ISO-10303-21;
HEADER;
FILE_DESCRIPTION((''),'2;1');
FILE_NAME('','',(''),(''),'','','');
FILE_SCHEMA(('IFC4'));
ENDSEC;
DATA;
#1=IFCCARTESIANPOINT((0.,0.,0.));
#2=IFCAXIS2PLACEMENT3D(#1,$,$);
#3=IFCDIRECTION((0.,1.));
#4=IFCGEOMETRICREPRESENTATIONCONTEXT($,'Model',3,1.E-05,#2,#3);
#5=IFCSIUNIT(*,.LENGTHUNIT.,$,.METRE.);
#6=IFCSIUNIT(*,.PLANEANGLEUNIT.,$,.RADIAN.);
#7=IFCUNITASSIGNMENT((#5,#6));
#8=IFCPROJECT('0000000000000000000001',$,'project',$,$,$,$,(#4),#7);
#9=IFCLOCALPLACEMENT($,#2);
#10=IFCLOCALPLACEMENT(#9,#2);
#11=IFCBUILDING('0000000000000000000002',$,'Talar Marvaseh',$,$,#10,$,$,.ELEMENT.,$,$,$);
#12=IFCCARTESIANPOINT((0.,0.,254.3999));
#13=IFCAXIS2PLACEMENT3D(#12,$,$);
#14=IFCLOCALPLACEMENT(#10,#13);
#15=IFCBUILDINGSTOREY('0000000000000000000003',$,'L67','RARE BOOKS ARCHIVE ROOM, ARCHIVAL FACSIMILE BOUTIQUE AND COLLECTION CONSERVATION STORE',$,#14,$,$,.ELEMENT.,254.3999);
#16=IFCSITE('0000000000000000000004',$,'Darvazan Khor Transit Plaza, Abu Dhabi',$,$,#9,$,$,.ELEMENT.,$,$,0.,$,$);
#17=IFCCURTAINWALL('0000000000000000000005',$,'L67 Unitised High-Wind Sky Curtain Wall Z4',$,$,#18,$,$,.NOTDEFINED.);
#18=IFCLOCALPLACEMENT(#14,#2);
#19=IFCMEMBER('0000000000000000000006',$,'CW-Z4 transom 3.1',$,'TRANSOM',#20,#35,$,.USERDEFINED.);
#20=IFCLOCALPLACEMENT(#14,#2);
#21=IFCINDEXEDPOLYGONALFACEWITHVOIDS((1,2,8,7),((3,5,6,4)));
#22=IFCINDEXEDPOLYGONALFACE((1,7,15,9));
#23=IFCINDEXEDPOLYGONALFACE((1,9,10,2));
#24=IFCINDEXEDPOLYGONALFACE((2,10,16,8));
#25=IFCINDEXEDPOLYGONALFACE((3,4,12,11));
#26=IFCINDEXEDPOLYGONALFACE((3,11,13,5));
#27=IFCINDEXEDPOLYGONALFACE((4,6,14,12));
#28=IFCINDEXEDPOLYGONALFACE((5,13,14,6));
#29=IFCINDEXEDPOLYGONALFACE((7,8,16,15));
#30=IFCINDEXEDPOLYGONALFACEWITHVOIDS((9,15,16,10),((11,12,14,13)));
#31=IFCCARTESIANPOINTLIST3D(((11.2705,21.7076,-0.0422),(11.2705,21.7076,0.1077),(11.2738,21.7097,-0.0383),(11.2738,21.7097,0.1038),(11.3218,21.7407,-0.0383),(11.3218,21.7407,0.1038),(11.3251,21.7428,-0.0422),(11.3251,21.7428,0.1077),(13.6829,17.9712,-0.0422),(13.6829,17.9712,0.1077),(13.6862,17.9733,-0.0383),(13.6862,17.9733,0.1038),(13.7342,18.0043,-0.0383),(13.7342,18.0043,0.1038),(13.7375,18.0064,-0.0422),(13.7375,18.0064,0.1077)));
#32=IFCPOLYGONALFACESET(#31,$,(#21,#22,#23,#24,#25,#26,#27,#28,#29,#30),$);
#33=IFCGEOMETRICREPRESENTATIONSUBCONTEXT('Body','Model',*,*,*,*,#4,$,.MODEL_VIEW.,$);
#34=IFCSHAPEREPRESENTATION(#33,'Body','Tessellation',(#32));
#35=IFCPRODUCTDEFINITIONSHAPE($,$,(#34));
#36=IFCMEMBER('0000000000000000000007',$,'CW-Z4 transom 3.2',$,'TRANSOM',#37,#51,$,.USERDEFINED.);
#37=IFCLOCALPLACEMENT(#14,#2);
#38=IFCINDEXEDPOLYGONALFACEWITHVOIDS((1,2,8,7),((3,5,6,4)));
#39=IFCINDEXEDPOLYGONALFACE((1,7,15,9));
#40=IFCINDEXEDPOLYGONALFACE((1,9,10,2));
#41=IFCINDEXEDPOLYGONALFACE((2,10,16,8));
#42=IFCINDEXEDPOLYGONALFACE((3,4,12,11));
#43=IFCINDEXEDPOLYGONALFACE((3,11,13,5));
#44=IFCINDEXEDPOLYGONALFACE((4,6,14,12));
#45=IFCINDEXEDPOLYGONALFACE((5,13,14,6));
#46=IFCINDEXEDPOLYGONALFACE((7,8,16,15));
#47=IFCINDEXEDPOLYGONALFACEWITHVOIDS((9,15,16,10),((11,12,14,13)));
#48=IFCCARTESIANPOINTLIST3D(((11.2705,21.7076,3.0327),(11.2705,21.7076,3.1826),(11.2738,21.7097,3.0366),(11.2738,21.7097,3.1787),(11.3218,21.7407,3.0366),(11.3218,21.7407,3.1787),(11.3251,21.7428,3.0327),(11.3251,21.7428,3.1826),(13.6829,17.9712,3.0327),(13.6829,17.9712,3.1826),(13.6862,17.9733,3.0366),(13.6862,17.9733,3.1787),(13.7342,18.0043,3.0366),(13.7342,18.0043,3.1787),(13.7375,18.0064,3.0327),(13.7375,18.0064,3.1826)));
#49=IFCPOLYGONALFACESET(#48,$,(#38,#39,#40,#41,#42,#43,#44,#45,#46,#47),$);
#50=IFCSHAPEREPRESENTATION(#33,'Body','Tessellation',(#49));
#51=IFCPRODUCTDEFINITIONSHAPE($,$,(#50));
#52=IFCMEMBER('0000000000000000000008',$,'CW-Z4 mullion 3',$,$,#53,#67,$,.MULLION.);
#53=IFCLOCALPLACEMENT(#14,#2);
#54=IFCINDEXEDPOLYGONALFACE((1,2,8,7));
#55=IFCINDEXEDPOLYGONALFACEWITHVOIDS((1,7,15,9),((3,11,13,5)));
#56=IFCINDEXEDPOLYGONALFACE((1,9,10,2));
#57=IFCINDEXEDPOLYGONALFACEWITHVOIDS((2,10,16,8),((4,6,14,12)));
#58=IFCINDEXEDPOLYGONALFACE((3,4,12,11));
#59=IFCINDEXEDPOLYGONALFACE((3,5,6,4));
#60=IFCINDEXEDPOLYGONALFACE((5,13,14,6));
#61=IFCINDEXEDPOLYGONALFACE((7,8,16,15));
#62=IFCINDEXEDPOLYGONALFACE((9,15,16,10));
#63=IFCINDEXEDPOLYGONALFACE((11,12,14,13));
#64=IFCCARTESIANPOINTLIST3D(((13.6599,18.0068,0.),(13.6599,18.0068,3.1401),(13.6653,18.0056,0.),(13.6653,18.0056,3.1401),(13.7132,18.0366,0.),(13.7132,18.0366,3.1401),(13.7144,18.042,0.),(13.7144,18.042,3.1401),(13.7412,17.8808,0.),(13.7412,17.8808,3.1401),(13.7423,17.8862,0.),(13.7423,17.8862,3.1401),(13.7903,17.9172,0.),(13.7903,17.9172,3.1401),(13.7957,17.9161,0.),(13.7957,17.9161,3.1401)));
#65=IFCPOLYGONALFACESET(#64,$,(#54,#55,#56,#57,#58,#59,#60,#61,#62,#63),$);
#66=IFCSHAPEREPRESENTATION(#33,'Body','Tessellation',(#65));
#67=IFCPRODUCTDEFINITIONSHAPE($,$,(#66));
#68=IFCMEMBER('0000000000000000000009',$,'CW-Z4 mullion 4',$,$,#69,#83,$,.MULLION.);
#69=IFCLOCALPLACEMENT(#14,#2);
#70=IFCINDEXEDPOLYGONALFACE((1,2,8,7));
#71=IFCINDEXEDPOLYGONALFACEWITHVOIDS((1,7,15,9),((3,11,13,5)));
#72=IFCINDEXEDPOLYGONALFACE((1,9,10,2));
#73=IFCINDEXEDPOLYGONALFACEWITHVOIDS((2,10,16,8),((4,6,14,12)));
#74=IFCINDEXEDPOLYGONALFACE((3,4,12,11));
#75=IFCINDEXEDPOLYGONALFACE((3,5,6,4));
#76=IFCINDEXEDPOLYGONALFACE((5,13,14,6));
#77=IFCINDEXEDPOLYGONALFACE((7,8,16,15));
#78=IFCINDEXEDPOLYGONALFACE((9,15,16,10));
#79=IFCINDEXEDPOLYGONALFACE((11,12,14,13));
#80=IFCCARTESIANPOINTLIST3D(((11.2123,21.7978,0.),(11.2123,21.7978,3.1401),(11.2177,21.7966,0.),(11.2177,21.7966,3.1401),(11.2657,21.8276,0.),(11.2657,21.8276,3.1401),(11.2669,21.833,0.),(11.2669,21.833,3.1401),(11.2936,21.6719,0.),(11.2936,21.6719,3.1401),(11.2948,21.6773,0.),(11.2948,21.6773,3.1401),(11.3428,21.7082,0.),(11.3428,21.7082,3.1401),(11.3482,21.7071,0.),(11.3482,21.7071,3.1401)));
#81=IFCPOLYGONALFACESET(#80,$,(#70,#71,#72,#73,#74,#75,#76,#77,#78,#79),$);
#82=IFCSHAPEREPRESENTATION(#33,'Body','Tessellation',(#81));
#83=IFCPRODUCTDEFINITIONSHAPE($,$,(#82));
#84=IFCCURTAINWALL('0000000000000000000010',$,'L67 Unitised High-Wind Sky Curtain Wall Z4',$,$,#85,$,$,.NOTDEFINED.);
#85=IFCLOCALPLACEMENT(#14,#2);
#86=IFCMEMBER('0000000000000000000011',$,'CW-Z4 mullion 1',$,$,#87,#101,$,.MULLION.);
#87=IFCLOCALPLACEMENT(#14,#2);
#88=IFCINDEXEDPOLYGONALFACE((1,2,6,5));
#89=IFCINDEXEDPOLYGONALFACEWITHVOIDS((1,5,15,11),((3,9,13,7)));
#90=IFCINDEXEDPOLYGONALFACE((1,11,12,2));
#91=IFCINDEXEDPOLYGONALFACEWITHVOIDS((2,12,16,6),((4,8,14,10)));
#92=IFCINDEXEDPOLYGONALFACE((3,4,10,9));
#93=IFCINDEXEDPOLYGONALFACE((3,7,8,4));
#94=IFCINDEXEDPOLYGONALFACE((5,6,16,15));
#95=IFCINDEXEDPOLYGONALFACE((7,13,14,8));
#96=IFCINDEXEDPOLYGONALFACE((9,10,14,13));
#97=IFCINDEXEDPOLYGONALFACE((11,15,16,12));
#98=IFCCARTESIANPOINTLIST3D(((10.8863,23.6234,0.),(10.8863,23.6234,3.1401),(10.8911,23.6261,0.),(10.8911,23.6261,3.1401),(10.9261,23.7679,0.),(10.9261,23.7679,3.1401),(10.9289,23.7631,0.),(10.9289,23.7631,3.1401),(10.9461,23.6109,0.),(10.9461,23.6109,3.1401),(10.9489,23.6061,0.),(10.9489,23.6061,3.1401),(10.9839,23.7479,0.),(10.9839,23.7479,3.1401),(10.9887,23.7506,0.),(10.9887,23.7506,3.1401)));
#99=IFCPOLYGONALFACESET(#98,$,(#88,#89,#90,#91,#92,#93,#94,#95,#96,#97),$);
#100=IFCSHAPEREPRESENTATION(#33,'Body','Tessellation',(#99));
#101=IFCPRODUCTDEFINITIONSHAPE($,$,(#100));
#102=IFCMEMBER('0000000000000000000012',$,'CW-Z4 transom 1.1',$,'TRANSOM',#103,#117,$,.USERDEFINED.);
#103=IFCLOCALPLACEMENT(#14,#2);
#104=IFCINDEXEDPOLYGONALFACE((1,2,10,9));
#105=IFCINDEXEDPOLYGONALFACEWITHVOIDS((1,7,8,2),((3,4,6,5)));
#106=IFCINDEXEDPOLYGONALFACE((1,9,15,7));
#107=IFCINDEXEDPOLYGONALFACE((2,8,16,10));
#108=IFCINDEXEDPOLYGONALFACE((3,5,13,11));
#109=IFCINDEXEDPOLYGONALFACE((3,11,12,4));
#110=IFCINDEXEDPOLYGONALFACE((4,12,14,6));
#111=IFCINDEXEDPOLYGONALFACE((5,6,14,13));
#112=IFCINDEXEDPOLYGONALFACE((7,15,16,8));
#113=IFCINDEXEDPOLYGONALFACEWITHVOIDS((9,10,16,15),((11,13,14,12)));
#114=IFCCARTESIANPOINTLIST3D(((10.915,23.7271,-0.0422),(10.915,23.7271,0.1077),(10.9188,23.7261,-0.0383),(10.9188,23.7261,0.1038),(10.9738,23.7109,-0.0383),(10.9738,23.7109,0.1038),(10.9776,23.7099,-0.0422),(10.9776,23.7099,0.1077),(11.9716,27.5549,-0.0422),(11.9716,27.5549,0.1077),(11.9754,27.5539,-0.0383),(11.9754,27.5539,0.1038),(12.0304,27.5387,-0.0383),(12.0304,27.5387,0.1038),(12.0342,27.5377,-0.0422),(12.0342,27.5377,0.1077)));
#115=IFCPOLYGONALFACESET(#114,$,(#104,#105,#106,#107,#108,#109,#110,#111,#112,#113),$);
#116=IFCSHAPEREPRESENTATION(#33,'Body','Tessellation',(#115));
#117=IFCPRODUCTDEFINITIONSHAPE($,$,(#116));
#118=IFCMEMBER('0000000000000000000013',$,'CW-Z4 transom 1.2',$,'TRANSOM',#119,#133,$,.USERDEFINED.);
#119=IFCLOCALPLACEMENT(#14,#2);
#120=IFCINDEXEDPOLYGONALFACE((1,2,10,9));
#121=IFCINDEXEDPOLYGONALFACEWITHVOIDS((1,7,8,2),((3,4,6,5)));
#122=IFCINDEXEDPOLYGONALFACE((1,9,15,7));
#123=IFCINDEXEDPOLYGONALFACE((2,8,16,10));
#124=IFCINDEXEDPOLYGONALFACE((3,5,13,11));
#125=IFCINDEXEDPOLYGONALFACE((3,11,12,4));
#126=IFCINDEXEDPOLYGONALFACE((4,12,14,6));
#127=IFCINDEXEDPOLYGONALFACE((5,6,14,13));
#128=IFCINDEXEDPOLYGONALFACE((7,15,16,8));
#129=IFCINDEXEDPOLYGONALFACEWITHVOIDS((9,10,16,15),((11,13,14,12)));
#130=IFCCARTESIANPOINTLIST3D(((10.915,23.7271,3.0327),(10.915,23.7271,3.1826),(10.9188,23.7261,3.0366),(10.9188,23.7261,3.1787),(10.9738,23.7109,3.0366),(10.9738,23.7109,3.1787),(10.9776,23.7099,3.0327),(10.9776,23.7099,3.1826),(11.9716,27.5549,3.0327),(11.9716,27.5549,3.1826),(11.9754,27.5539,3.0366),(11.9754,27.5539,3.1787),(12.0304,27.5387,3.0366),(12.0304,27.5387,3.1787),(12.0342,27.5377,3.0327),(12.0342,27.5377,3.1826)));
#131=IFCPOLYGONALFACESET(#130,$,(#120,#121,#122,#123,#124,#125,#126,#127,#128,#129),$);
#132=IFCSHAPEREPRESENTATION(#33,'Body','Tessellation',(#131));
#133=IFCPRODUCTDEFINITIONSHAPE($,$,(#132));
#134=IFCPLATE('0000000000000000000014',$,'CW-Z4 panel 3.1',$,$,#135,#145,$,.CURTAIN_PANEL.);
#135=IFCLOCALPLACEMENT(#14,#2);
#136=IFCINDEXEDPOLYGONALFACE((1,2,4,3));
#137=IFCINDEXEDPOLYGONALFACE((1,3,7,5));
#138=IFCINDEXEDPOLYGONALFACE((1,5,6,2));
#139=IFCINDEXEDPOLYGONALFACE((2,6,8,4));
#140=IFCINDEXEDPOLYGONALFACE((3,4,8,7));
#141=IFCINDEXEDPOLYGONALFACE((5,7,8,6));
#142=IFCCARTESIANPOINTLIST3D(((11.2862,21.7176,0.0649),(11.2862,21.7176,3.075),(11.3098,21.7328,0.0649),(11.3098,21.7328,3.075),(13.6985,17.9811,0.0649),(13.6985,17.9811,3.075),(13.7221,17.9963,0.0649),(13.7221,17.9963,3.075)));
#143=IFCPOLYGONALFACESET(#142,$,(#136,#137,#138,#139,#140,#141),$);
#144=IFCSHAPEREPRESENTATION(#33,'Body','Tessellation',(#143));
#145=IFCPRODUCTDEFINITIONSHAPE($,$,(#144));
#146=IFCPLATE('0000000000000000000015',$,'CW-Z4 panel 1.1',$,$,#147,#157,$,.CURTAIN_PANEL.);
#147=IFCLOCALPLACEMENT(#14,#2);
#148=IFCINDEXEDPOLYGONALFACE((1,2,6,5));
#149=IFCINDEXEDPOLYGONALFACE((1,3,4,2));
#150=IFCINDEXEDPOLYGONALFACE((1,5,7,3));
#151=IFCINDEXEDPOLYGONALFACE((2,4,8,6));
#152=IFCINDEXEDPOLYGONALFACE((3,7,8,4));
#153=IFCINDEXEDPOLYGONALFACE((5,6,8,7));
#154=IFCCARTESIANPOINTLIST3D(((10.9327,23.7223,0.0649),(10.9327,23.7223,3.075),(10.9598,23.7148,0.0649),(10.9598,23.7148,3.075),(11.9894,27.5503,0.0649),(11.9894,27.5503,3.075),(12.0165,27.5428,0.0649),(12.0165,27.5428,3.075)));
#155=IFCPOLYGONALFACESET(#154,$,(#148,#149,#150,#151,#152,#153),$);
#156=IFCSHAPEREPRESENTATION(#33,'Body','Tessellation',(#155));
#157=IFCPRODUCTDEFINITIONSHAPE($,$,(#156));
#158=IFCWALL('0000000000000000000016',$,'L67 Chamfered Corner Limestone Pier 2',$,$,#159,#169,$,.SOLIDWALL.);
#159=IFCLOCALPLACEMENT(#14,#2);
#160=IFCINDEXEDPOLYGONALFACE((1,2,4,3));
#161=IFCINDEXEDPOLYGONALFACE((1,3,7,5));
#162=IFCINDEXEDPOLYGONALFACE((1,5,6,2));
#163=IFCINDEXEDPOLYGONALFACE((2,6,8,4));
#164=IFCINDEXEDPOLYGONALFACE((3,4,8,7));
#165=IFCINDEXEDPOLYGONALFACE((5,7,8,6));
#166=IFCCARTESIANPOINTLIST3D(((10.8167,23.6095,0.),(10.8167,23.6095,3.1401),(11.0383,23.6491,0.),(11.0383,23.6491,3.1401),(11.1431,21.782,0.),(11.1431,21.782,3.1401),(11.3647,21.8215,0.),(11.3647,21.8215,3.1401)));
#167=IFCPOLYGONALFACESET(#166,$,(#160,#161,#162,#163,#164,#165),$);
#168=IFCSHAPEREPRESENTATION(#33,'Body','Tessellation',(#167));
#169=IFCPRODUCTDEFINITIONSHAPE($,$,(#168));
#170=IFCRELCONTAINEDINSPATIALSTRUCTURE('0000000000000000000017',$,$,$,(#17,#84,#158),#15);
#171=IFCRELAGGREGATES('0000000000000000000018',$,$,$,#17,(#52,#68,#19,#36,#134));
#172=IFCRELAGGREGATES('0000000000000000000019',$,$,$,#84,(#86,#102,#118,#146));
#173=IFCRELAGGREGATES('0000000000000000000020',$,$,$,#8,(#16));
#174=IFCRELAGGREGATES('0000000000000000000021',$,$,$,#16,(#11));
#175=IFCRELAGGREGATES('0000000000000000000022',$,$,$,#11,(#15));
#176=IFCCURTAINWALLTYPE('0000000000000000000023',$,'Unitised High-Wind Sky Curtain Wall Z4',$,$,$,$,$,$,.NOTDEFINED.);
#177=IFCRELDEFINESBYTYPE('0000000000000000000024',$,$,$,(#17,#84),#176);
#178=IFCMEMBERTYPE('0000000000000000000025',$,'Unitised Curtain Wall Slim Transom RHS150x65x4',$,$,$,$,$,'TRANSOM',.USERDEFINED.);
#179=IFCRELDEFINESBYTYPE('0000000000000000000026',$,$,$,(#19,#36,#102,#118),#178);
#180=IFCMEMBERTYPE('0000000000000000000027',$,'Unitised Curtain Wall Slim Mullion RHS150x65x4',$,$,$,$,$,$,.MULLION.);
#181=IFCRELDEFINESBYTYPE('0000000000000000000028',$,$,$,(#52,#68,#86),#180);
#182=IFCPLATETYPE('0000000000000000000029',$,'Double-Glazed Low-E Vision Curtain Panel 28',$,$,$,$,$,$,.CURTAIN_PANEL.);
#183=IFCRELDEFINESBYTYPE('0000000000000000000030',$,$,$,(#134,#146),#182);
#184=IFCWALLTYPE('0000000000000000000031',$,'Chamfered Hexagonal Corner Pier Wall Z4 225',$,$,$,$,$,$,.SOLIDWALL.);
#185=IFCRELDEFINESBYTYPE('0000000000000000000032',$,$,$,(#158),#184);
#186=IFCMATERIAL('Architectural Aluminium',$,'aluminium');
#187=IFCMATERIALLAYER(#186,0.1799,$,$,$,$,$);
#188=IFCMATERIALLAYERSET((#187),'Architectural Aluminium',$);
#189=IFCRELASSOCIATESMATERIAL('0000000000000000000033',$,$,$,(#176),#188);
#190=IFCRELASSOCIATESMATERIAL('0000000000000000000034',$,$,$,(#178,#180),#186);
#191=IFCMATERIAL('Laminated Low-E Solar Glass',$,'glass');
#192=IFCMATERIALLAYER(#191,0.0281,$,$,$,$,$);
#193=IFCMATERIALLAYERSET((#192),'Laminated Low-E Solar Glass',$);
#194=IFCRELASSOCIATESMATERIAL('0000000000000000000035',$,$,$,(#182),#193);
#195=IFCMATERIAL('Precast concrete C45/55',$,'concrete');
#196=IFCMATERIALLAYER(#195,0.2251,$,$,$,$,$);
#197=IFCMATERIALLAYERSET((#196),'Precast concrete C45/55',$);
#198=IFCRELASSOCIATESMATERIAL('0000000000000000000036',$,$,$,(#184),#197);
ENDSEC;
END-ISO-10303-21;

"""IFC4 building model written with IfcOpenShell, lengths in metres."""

from ifc_helpers import new_model, si_unit, direction, frame, frame_2d, origin, origin_2d, place, context, subcontext, project, spatial, rectangle, hollow_rectangle, extrude, source, transform, mapped, material, layer, layer_set, material_profile, profile_set, type_object, type_shapes, element, aggregate, save


model = new_model("IFC4")

# Units and contexts
model_context = context("Model", 3, precision=1e-05, world=origin(), true_north=direction((0.0, 1.0)))
body_context = subcontext(model_context, "Body", "Model", "MODEL_VIEW")
ifc_project = project(units=[si_unit("LENGTHUNIT", "METRE"), si_unit("PLANEANGLEUNIT", "RADIAN")], contexts=[model_context])

# Site, building, storey
site_placement = place(None, origin())
site = spatial("IfcSite", under=ifc_project, at=site_placement, Name="Darvazan Khor Transit Plaza, Abu Dhabi", CompositionType="ELEMENT", RefElevation=0.0)
building_placement = place(site_placement, origin())
building = spatial("IfcBuilding", under=site, at=building_placement, Name="Talar Marvaseh", CompositionType="ELEMENT")
storey_placement = place(building_placement, frame((0.0, 0.0, 254.3999)))
storey = spatial("IfcBuildingStorey", under=building, at=storey_placement, Name="L67", Description="RARE BOOKS ARCHIVE ROOM, ARCHIVAL FACSIMILE BOUTIQUE AND COLLECTION CONSERVATION STORE", CompositionType="ELEMENT", Elevation=254.3999)

# Curtain walls, members
ifc_material_1 = material(Name="Architectural Aluminium", Category="aluminium")
ifc_layer_1 = layer(ifc_material_1, 0.1799)
ifc_layer_set_1 = layer_set([ifc_layer_1], Name="Architectural Aluminium")
curtain_wall_type = type_object("IfcCurtainWallType", Name="Unitised High-Wind Sky Curtain Wall Z4", PredefinedType="NOTDEFINED", material=ifc_layer_set_1)
curtain_wall_1_placement = place(storey_placement, origin())
curtain_wall_1 = element("IfcCurtainWall", 1, at=curtain_wall_1_placement, inside=storey, type_object=curtain_wall_type, Name="L67 Unitised High-Wind Sky Curtain Wall Z4", PredefinedType="NOTDEFINED")
ifc_material_profile_1 = material_profile(ifc_material_1, hollow_rectangle(XDim=0.0649, YDim=0.1499, WallThickness=0.0039, at=origin_2d()), Name="RHS150x65x4")
ifc_profile_set_1 = profile_set([ifc_material_profile_1], Name="Architectural Aluminium")
member_type_1 = type_object("IfcMemberType", Name="Unitised Curtain Wall Slim Transom RHS150x65x4", ElementType="TRANSOM", PredefinedType="USERDEFINED", material=ifc_profile_set_1)
shared_shape_1 = source(origin(), body_context, "Body", "SweptSolid", [
    extrude(hollow_rectangle(XDim=0.0649, YDim=0.1499, WallThickness=0.0039, at=origin_2d()), origin(), (0.0, 0.0, 1.0), 4.4475),
])
member_1_placement = place(storey_placement, frame((13.7102, 17.9888, 0.0327), z_axis=(-0.542416, 0.84011, 0.0), x_axis=(-0.84011, -0.542416, 0.0)))
member_1 = element("IfcMember", 2, at=member_1_placement, type_object=member_type_1, Name="CW-Z4 transom 3.1", ObjectType="TRANSOM", PredefinedType="USERDEFINED", context=body_context, shape_type="MappedRepresentation", body=[
    mapped(shared_shape_1, transform((0.0, 0.0, 0.0), x_axis=(1.0, 0.0, 0.0), y_axis=(0.0, 1.0, 0.0), z_axis=(0.0, 0.0, 1.0), scale=1.0)),
])
member_2_placement = place(storey_placement, frame((13.7102, 17.9888, 3.1077), z_axis=(-0.542416, 0.84011, 0.0), x_axis=(-0.84011, -0.542416, 0.0)))
member_2 = element("IfcMember", 3, at=member_2_placement, type_object=member_type_1, Name="CW-Z4 transom 3.2", ObjectType="TRANSOM", PredefinedType="USERDEFINED", context=body_context, shape_type="MappedRepresentation", body=[
    mapped(shared_shape_1, transform((0.0, 0.0, 0.0), x_axis=(1.0, 0.0, 0.0), y_axis=(0.0, 1.0, 0.0), z_axis=(0.0, 0.0, 1.0), scale=1.0)),
])
ifc_material_profile_2 = material_profile(ifc_material_1, hollow_rectangle(XDim=0.0649, YDim=0.1499, WallThickness=0.0039, at=origin_2d()), Name="RHS150x65x4")
ifc_profile_set_2 = profile_set([ifc_material_profile_2], Name="Architectural Aluminium")
member_type_2 = type_object("IfcMemberType", Name="Unitised Curtain Wall Slim Mullion RHS150x65x4", PredefinedType="MULLION", material=ifc_profile_set_2)
shared_shape_2 = source(origin(), body_context, "Body", "SweptSolid", [
    extrude(hollow_rectangle(XDim=0.0649, YDim=0.1499, WallThickness=0.0039, at=origin_2d()), origin(), (0.0, 0.0, 1.0), 3.1401),
])
type_shapes(member_type_2, [shared_shape_2])
member_3_placement = place(storey_placement, frame((13.7278, 17.9614, 0.0), z_axis=(0.0, 0.0, 1.0), x_axis=(-0.840128, -0.542388, 0.0)))
member_3 = element("IfcMember", 4, at=member_3_placement, type_object=member_type_2, Name="CW-Z4 mullion 3", PredefinedType="MULLION", context=body_context, shape_type="MappedRepresentation", body=[
    mapped(shared_shape_2, transform((0.0, 0.0, 0.0), x_axis=(1.0, 0.0, 0.0), y_axis=(0.0, 1.0, 0.0), z_axis=(0.0, 0.0, 1.0), scale=1.0)),
])
member_4_placement = place(storey_placement, frame((11.2803, 21.7524, 0.0), z_axis=(0.0, 0.0, 1.0), x_axis=(-0.840128, -0.542388, 0.0)))
member_4 = element("IfcMember", 5, at=member_4_placement, type_object=member_type_2, Name="CW-Z4 mullion 4", PredefinedType="MULLION", context=body_context, shape_type="MappedRepresentation", body=[
    mapped(shared_shape_2, transform((0.0, 0.0, 0.0), x_axis=(1.0, 0.0, 0.0), y_axis=(0.0, 1.0, 0.0), z_axis=(0.0, 0.0, 1.0), scale=1.0)),
])
curtain_wall_2_placement = place(storey_placement, origin())
curtain_wall_2 = element("IfcCurtainWall", 6, at=curtain_wall_2_placement, inside=storey, type_object=curtain_wall_type, Name="L67 Unitised High-Wind Sky Curtain Wall Z4", PredefinedType="NOTDEFINED")
member_5_placement = place(storey_placement, frame((10.9375, 23.687, 0.0), z_axis=(0.0, 0.0, 1.0), x_axis=(-0.963948, 0.266091, 0.0)))
member_5 = element("IfcMember", 7, at=member_5_placement, type_object=member_type_2, Name="CW-Z4 mullion 1", PredefinedType="MULLION", context=body_context, shape_type="MappedRepresentation", body=[
    mapped(shared_shape_2, transform((0.0, 0.0, 0.0), x_axis=(1.0, 0.0, 0.0), y_axis=(0.0, 1.0, 0.0), z_axis=(0.0, 0.0, 1.0), scale=1.0)),
])
shared_shape_3 = source(origin(), body_context, "Body", "SweptSolid", [
    extrude(hollow_rectangle(XDim=0.0649, YDim=0.1499, WallThickness=0.0039, at=origin_2d()), origin(), (0.0, 0.0, 1.0), 3.9709),
])
type_shapes(member_type_1, [shared_shape_1, shared_shape_3])
member_6_placement = place(storey_placement, frame((10.9463, 23.7185, 0.0327), z_axis=(0.266087, 0.963949, 0.0), x_axis=(-0.963949, 0.266087, 0.0)))
member_6 = element("IfcMember", 8, at=member_6_placement, type_object=member_type_1, Name="CW-Z4 transom 1.1", ObjectType="TRANSOM", PredefinedType="USERDEFINED", context=body_context, shape_type="MappedRepresentation", body=[
    mapped(shared_shape_3, transform((0.0, 0.0, 0.0), x_axis=(1.0, 0.0, 0.0), y_axis=(0.0, 1.0, 0.0), z_axis=(0.0, 0.0, 1.0), scale=1.0)),
])
member_7_placement = place(storey_placement, frame((10.9463, 23.7185, 3.1077), z_axis=(0.266087, 0.963949, 0.0), x_axis=(-0.963949, 0.266087, 0.0)))
member_7 = element("IfcMember", 9, at=member_7_placement, type_object=member_type_1, Name="CW-Z4 transom 1.2", ObjectType="TRANSOM", PredefinedType="USERDEFINED", context=body_context, shape_type="MappedRepresentation", body=[
    mapped(shared_shape_3, transform((0.0, 0.0, 0.0), x_axis=(1.0, 0.0, 0.0), y_axis=(0.0, 1.0, 0.0), z_axis=(0.0, 0.0, 1.0), scale=1.0)),
])

# Plates
ifc_material_2 = material(Name="Laminated Low-E Solar Glass", Category="glass")
ifc_layer_2 = layer(ifc_material_2, 0.0281)
ifc_layer_set_2 = layer_set([ifc_layer_2], Name="Laminated Low-E Solar Glass")
plate_type = type_object("IfcPlateType", Name="Double-Glazed Low-E Vision Curtain Panel 28", PredefinedType="CURTAIN_PANEL", material=ifc_layer_set_2)
shared_shape_4 = source(origin(), body_context, "Body", "SweptSolid", [
    extrude(rectangle(XDim=4.4475, YDim=0.0281, at=origin_2d()), origin(), (0.0, 0.0, 1.0), 3.01),
])
plate_1_placement = place(storey_placement, frame((12.5042, 19.8569, 0.0649), z_axis=(0.0, 0.0, 1.0), x_axis=(-0.542388, 0.840128, 0.0)))
plate_1 = element("IfcPlate", 10, at=plate_1_placement, type_object=plate_type, Name="CW-Z4 panel 3.1", PredefinedType="CURTAIN_PANEL", context=body_context, shape_type="MappedRepresentation", body=[
    mapped(shared_shape_4, transform((0.0, 0.0, 0.0), x_axis=(1.0, 0.0, 0.0), y_axis=(0.0, 1.0, 0.0), z_axis=(0.0, 0.0, 1.0), scale=1.0)),
])
aggregate(curtain_wall_1, [member_3, member_4, member_1, member_2, plate_1])
shared_shape_5 = source(origin(), body_context, "Body", "SweptSolid", [
    extrude(rectangle(XDim=3.9712, YDim=0.0281, at=origin_2d()), origin(), (0.0, 0.0, 1.0), 3.01),
])
type_shapes(plate_type, [shared_shape_4, shared_shape_5])
plate_2_placement = place(storey_placement, frame((11.4746, 25.6326, 0.0649), z_axis=(0.0, 0.0, 1.0), x_axis=(0.266091, 0.963948, 0.0)))
plate_2 = element("IfcPlate", 11, at=plate_2_placement, type_object=plate_type, Name="CW-Z4 panel 1.1", PredefinedType="CURTAIN_PANEL", context=body_context, shape_type="MappedRepresentation", body=[
    mapped(shared_shape_5, transform((0.0, 0.0, 0.0), x_axis=(1.0, 0.0, 0.0), y_axis=(0.0, 1.0, 0.0), z_axis=(0.0, 0.0, 1.0), scale=1.0)),
])
aggregate(curtain_wall_2, [member_5, member_6, member_7, plate_2])

# Wall
ifc_material_3 = material(Name="Precast concrete C45/55", Category="concrete")
ifc_layer_3 = layer(ifc_material_3, 0.2251)
ifc_layer_set_3 = layer_set([ifc_layer_3], Name="Precast concrete C45/55")
wall_type_1 = type_object("IfcWallType", Name="Chamfered Hexagonal Corner Pier Wall Z4 225", PredefinedType="SOLIDWALL", material=ifc_layer_set_3)
wall_1_placement = place(storey_placement, frame((11.2539, 21.8018, 0.0), z_axis=(0.0, 0.0, 1.0), x_axis=(-0.175818, 0.984423, 0.0)))
element("IfcWall", 12, at=wall_1_placement, inside=storey, type_object=wall_type_1, Name="L67 Chamfered Corner Limestone Pier 2", PredefinedType="SOLIDWALL", context=body_context, shape_type="SweptSolid", body=[
    extrude(rectangle(XDim=1.8564, YDim=0.2251, at=frame_2d((0.9282, 0.0))), origin(), (0.0, 0.0, 1.0), 3.1401),
])

save(model, "model.ifc")
